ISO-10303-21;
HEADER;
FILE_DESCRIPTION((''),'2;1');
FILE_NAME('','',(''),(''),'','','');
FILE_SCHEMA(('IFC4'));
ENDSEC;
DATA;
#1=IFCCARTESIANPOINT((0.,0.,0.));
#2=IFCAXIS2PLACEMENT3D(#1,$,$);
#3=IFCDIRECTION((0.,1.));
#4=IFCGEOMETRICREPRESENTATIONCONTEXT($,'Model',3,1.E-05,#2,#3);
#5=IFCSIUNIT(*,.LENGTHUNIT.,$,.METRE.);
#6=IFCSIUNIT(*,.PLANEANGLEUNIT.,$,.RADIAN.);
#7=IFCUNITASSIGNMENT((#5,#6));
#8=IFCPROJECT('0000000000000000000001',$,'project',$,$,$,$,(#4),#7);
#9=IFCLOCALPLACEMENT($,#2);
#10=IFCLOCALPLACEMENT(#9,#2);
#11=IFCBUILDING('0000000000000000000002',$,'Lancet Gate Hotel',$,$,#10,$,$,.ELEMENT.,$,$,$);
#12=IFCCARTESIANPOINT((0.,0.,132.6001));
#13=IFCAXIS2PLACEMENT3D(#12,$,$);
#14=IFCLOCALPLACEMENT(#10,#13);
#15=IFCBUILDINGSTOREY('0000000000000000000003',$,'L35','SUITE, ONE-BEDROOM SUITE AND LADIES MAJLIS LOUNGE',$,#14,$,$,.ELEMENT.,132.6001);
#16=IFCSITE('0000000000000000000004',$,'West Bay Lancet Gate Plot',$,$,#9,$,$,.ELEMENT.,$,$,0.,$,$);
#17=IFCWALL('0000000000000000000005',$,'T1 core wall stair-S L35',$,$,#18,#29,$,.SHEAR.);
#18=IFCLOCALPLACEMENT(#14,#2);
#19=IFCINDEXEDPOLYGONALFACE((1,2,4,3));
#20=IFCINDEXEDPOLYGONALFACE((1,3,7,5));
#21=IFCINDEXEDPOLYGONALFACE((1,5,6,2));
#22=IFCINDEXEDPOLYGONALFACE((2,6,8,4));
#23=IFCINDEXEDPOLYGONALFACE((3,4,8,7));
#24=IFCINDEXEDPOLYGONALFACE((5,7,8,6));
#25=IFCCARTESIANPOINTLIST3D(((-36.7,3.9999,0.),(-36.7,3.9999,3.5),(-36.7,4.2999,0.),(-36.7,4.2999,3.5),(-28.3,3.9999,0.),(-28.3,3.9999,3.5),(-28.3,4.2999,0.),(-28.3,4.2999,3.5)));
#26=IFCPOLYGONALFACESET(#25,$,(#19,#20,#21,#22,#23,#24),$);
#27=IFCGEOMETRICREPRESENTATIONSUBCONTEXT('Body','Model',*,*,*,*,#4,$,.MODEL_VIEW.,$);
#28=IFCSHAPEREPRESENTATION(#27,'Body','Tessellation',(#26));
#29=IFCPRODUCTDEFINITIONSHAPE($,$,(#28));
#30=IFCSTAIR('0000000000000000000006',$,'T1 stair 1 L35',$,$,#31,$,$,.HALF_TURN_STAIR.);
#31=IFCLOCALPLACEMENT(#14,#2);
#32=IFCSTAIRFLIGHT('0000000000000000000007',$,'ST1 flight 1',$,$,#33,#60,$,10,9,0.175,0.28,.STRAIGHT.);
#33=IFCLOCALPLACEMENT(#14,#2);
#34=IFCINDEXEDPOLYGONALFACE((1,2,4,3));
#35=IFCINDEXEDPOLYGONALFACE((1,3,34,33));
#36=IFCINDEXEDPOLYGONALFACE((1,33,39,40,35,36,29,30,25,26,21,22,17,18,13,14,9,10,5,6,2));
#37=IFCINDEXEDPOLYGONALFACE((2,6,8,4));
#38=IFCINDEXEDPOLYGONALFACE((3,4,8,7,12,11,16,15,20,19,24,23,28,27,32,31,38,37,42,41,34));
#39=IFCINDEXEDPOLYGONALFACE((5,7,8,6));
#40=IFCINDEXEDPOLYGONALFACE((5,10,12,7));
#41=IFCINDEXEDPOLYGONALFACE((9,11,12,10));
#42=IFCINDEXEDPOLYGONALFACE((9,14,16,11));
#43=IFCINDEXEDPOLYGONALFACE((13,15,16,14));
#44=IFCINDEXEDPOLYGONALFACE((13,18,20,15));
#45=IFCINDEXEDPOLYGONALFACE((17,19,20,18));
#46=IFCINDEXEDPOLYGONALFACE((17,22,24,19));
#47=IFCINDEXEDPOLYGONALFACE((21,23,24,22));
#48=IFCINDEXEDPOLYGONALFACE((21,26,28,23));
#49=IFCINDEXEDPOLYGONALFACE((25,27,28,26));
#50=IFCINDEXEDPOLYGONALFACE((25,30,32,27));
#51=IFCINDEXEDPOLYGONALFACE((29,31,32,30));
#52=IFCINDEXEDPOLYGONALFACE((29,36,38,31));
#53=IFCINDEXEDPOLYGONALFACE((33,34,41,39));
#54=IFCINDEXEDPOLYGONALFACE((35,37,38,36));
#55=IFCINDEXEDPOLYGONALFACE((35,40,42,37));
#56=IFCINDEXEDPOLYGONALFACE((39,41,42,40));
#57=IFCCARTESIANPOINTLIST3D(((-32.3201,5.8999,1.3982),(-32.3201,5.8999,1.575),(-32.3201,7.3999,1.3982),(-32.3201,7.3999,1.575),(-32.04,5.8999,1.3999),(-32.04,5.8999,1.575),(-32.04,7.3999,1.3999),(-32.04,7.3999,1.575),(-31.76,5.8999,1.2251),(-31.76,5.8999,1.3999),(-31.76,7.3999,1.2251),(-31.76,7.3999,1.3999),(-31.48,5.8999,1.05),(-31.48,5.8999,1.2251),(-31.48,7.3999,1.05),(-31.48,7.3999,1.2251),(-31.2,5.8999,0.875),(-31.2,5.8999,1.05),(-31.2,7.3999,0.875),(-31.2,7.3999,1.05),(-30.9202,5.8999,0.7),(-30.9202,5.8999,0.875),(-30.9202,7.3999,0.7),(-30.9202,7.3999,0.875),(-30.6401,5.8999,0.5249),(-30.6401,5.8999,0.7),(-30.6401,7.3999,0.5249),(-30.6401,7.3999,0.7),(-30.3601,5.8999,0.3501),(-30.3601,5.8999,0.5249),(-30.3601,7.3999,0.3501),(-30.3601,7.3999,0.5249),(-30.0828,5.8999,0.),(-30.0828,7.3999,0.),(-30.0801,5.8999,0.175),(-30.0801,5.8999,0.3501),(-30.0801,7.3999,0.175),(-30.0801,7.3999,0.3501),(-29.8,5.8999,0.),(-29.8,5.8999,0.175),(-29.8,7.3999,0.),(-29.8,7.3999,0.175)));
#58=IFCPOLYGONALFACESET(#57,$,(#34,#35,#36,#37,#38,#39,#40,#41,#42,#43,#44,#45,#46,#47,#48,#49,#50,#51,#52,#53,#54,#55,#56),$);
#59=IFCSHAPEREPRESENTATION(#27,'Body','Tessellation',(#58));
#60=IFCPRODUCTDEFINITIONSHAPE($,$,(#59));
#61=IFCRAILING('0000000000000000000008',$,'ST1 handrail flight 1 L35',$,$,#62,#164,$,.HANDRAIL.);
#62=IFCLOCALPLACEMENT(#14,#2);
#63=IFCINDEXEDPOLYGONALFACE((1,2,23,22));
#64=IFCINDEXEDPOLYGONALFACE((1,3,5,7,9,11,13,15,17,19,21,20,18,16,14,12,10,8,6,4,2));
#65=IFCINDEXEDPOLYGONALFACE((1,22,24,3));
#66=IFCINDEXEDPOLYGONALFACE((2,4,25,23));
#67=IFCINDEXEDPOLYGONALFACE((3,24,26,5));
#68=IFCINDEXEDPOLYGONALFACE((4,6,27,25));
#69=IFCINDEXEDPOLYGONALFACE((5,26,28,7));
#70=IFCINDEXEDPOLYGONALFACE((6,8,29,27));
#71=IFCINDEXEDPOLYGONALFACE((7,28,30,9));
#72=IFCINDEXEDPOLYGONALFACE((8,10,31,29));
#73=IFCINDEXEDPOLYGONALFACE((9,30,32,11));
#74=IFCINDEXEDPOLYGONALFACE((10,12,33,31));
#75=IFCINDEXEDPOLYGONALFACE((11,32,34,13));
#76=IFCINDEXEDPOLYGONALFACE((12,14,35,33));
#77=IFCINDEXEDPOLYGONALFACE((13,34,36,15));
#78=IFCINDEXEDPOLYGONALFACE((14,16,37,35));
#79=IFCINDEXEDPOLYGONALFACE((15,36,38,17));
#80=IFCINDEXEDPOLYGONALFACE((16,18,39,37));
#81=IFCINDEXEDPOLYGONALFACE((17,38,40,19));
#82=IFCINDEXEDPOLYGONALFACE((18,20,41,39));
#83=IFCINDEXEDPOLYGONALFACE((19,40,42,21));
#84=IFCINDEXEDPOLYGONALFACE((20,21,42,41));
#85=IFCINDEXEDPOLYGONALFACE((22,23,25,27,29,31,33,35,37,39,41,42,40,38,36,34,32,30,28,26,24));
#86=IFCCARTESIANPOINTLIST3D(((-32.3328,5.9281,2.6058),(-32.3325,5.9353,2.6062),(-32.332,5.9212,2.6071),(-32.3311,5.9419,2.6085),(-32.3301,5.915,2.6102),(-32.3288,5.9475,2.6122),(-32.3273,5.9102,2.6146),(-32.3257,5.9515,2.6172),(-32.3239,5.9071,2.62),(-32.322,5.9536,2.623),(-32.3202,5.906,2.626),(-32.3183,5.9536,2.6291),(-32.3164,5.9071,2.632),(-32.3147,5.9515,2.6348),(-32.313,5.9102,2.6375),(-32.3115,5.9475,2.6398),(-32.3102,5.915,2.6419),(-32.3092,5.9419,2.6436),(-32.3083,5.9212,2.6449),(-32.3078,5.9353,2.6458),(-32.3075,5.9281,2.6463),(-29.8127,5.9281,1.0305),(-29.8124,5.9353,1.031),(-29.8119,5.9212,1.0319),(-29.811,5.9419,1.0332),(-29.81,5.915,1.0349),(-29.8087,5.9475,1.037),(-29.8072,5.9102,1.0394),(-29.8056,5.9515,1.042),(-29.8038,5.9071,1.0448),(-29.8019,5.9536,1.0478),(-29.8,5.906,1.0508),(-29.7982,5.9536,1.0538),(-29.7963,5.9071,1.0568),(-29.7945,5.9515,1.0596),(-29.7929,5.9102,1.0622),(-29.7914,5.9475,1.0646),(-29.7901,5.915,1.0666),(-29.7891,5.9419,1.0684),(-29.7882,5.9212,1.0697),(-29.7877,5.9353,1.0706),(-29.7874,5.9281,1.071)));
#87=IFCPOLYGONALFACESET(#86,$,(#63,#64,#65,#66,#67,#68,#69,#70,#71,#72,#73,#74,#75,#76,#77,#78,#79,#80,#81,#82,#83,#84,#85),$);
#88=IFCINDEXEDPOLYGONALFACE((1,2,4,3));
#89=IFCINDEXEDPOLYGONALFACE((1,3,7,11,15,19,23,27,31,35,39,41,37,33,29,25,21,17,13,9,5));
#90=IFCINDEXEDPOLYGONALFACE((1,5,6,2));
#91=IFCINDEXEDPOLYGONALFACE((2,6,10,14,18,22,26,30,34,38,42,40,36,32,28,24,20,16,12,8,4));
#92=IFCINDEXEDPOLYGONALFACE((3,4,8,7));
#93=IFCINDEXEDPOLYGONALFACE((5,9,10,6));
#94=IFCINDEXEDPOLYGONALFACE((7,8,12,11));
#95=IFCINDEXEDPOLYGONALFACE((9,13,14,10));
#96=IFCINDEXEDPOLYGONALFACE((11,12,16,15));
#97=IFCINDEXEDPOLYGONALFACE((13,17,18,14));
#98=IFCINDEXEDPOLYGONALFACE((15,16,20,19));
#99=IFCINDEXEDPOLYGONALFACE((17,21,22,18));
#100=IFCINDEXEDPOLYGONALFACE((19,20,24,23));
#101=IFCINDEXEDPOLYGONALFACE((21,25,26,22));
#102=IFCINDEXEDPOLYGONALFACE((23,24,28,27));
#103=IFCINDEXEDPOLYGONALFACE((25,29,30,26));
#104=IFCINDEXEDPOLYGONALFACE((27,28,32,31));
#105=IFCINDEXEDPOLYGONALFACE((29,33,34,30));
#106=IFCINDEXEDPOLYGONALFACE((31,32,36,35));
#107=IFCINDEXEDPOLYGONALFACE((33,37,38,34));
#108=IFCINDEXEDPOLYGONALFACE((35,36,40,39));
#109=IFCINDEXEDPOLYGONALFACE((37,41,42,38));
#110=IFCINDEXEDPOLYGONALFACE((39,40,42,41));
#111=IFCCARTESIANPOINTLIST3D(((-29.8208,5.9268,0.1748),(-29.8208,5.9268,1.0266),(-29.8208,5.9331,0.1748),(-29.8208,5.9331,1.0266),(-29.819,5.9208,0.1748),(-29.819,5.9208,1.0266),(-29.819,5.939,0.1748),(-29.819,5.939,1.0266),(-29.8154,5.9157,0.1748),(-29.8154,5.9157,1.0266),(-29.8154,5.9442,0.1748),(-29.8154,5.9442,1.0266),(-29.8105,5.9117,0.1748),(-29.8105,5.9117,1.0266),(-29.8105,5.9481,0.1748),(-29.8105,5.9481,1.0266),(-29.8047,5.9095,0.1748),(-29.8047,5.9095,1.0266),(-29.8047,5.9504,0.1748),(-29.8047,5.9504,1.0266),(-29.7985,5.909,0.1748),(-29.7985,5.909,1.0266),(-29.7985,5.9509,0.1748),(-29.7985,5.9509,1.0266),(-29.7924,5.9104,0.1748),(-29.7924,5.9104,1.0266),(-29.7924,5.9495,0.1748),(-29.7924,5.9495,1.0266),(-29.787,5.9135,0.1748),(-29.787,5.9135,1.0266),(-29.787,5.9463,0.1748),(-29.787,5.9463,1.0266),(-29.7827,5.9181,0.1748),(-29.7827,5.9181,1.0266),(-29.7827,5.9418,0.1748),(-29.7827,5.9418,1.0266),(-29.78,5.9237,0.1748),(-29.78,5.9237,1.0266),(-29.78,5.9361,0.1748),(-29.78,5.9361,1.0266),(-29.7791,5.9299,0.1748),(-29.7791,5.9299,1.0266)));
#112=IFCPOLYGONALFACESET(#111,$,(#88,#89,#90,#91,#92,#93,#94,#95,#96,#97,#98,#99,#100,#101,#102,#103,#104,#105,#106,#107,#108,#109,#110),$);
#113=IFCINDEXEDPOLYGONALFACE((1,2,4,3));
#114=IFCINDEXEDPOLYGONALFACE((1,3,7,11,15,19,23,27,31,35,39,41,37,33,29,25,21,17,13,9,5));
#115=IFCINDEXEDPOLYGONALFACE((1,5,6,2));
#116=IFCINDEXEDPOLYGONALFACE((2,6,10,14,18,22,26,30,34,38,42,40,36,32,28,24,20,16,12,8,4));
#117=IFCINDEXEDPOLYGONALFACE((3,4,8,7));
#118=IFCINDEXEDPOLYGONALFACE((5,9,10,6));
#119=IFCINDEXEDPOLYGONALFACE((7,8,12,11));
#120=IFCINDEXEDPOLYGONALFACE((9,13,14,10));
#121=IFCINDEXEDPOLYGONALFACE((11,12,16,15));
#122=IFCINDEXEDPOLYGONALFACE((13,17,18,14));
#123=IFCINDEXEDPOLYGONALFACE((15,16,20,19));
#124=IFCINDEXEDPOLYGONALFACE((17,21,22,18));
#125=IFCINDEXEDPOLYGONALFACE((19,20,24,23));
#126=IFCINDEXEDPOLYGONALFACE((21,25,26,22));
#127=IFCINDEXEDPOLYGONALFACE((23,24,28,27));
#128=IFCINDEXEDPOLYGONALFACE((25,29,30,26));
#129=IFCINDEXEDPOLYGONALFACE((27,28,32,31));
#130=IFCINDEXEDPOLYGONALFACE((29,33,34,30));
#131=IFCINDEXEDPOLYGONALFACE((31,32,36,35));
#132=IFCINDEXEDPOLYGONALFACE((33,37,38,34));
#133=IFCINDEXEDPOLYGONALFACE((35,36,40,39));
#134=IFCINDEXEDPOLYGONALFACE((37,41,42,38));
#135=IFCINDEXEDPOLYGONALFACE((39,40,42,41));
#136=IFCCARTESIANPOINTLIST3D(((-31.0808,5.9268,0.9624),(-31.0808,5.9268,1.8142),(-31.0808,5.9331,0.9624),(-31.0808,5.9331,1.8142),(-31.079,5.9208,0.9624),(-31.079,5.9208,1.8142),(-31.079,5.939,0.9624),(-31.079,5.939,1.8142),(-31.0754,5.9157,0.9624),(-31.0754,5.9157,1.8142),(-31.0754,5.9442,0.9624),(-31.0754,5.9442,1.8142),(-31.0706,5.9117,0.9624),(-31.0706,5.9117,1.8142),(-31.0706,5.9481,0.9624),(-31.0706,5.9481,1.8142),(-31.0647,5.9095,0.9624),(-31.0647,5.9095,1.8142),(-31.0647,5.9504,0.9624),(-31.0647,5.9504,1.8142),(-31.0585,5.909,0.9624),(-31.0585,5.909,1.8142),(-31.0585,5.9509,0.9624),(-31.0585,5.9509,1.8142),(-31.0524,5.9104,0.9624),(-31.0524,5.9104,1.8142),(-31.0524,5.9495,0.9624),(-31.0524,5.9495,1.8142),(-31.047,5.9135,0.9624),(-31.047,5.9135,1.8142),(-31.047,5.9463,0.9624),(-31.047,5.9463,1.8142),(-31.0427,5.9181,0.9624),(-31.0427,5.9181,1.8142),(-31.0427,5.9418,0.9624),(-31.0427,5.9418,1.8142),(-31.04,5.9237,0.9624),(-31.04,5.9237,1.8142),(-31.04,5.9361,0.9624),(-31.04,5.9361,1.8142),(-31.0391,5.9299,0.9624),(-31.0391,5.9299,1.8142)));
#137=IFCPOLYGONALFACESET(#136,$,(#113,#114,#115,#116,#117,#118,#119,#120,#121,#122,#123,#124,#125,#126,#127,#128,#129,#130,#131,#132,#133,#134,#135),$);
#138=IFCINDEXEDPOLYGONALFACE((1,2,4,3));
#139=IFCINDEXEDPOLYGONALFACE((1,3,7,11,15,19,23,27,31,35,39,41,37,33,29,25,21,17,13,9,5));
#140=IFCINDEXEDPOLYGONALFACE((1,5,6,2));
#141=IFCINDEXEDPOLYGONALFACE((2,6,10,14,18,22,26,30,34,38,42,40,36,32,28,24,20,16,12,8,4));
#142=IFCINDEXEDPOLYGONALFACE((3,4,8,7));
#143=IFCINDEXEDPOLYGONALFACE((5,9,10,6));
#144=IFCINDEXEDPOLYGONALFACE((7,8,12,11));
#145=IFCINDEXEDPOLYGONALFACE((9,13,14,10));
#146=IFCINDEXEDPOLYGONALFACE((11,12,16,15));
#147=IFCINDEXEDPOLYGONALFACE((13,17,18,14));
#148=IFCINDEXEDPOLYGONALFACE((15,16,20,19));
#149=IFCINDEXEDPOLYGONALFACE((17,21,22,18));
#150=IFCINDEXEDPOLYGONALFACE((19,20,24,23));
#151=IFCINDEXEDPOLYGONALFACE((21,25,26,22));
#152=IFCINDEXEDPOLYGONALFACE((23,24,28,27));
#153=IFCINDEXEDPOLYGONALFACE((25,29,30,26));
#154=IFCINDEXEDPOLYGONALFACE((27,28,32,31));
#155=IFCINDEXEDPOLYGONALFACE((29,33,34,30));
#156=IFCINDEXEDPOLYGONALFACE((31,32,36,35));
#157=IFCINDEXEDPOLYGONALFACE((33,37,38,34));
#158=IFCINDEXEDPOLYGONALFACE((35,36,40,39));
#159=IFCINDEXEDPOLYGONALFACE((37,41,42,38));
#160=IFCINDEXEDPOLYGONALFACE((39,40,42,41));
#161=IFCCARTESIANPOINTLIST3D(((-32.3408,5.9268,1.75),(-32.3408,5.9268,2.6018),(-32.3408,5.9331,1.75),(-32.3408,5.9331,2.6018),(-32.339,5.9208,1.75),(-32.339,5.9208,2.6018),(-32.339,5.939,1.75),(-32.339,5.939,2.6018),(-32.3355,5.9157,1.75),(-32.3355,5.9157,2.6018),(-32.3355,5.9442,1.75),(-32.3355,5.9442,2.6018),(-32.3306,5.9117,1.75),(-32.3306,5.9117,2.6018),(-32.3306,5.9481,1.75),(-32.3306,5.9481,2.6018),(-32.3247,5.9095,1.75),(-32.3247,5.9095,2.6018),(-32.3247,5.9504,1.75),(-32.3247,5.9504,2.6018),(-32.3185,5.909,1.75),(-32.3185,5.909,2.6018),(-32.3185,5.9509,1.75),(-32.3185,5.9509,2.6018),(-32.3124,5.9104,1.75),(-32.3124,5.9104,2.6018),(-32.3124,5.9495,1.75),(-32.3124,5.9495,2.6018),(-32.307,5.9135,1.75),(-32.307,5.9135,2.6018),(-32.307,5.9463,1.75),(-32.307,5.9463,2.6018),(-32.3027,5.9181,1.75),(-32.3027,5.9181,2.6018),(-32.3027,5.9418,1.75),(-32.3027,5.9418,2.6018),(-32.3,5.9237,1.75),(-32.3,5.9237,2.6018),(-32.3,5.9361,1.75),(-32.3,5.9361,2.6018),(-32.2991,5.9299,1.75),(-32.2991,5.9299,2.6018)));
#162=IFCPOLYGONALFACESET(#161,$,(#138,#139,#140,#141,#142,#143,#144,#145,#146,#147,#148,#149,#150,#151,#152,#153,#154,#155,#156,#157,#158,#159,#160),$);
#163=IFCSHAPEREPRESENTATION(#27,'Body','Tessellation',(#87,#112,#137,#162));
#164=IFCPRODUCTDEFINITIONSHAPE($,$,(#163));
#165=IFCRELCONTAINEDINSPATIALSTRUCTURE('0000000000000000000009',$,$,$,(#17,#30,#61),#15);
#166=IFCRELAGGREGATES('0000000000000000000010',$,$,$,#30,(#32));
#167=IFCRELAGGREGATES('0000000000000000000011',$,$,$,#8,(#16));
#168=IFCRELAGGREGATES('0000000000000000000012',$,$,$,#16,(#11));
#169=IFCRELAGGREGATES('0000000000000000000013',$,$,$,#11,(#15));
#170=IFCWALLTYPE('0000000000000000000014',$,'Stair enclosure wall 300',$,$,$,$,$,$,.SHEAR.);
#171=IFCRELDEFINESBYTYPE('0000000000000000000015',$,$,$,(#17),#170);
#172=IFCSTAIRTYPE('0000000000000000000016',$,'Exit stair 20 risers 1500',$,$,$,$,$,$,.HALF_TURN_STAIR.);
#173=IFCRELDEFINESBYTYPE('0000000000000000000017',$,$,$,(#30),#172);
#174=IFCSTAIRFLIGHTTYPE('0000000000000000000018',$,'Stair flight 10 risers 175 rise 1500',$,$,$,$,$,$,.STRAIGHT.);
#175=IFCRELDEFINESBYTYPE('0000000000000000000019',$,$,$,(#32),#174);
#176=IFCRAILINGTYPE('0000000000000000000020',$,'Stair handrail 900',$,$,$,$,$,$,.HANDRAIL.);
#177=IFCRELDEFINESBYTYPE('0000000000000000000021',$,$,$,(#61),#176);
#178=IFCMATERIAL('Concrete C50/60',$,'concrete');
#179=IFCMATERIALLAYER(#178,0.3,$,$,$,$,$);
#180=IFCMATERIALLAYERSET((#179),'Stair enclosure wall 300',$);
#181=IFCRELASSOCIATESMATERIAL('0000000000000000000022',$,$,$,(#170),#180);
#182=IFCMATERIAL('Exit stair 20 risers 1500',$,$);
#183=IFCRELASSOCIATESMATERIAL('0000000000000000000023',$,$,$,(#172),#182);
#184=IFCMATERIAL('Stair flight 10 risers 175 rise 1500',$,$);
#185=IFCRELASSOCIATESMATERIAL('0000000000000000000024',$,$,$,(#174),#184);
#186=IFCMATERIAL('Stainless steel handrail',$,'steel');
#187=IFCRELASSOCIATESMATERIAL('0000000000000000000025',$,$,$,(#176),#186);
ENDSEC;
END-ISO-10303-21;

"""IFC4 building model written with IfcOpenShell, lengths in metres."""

from ifc_helpers import new_model, si_unit, direction, frame, frame_2d, origin, origin_2d, place, context, subcontext, project, spatial, polyline, rectangle, circle, outline, extrude, material, layer, layer_set, type_object, element, aggregate, save


model = new_model("IFC4")

# Units and contexts
model_context = context("Model", 3, precision=1e-05, world=origin(), true_north=direction((0.0, 1.0)))
body_context = subcontext(model_context, "Body", "Model", "MODEL_VIEW")
ifc_project = project(units=[si_unit("LENGTHUNIT", "METRE"), si_unit("PLANEANGLEUNIT", "RADIAN")], contexts=[model_context])

# Site, building, storey
site_placement = place(None, origin())
site = spatial("IfcSite", under=ifc_project, at=site_placement, Name="West Bay Lancet Gate Plot", CompositionType="ELEMENT", RefElevation=0.0)
building_placement = place(site_placement, origin())
building = spatial("IfcBuilding", under=site, at=building_placement, Name="Lancet Gate Hotel", CompositionType="ELEMENT")
storey_placement = place(building_placement, frame((0.0, 0.0, 132.6001)))
storey = spatial("IfcBuildingStorey", under=building, at=storey_placement, Name="L35", Description="SUITE, ONE-BEDROOM SUITE AND LADIES MAJLIS LOUNGE", CompositionType="ELEMENT", Elevation=132.6001)

# Wall
ifc_material_1 = material(Name="Concrete C50/60", Category="concrete")
ifc_layer_1 = layer(ifc_material_1, 0.3)
ifc_layer_set_1 = layer_set([ifc_layer_1], Name="Stair enclosure wall 300")
wall_type_1 = type_object("IfcWallType", Name="Stair enclosure wall 300", PredefinedType="SHEAR", material=ifc_layer_set_1)
wall_1_placement = place(storey_placement, frame((-28.3, 4.1499, 0.0), z_axis=(0.0, 0.0, 1.0), x_axis=(-1.0, 0.0, 0.0)))
element("IfcWall", 1, at=wall_1_placement, inside=storey, type_object=wall_type_1, Name="T1 core wall stair-S L35", PredefinedType="SHEAR", context=body_context, shape_type="SweptSolid", body=[
    extrude(rectangle(XDim=8.3999, YDim=0.3, at=frame_2d((4.2, 0.0))), origin(), (0.0, 0.0, 1.0), 3.5),
])

# Stair, stair flight
ifc_material_2 = material(Name="Exit stair 20 risers 1500")
stair_type = type_object("IfcStairType", Name="Exit stair 20 risers 1500", PredefinedType="HALF_TURN_STAIR", material=ifc_material_2)
stair_placement = place(storey_placement, origin())
stair = element("IfcStair", 2, at=stair_placement, inside=storey, type_object=stair_type, Name="T1 stair 1 L35", PredefinedType="HALF_TURN_STAIR")
ifc_material_3 = material(Name="Stair flight 10 risers 175 rise 1500")
stair_flight_type = type_object("IfcStairFlightType", Name="Stair flight 10 risers 175 rise 1500", PredefinedType="STRAIGHT", material=ifc_material_3)
stair_flight_placement = place(storey_placement, frame((-29.8, 6.6499, 0.0), z_axis=(0.0, 0.0, 1.0), x_axis=(-1.0, 0.0, 0.0)))
stair_flight = element("IfcStairFlight", 3, at=stair_flight_placement, type_object=stair_flight_type, Name="ST1 flight 1", NumberOfRisers=10, NumberOfTreads=9, PredefinedType="STRAIGHT", RiserHeight=0.175, TreadLength=0.28, context=body_context, shape_type="SweptSolid", body=[
    extrude(outline(polyline([(0.0, 0.0), (0.0, 0.175), (0.28, 0.175), (0.28, 0.3501), (0.5601, 0.3501), (0.5601, 0.5249), (0.8401, 0.5249), (0.8401, 0.7), (1.1201, 0.7), (1.1201, 0.875), (1.3999, 0.875), (1.3999, 1.05), (1.6799, 1.05), (1.6799, 1.2251), (1.96, 1.2251), (1.96, 1.3999), (2.24, 1.3999), (2.24, 1.575), (2.52, 1.575), (2.52, 1.75), (2.52, 1.3982), (0.2827, 0.0), (0.0, 0.0)])), frame((0.0, 0.75, 0.0), z_axis=(0.0, -1.0, 0.0), x_axis=(1.0, 0.0, 0.0)), (0.0, 0.0, 1.0), 1.5),
])
aggregate(stair, [stair_flight])

# Railing
ifc_material_4 = material(Name="Stainless steel handrail", Category="steel")
railing_type = type_object("IfcRailingType", Name="Stair handrail 900", PredefinedType="HANDRAIL", material=ifc_material_4)
railing_placement = place(storey_placement, frame((-29.8, 5.9299, 0.1748)))
element("IfcRailing", 4, at=railing_placement, inside=storey, type_object=railing_type, Name="ST1 handrail flight 1 L35", PredefinedType="HANDRAIL", context=body_context, shape_type="SweptSolid", body=[
    extrude(circle(Radius=0.0239, at=origin_2d()), frame((0.0, 0.0, 0.876), z_axis=(-0.847971, 0.0, 0.530043), x_axis=(0.0, -1.0, 0.0)), (0.0, 0.0, 1.0), 2.9719),
    extrude(circle(Radius=0.021, at=origin_2d()), origin(), (0.0, 0.0, 1.0), 0.8518),
    extrude(circle(Radius=0.021, at=origin_2d()), frame((-1.26, 0.0, 0.7876)), (0.0, 0.0, 1.0), 0.8518),
    extrude(circle(Radius=0.021, at=origin_2d()), frame((-2.52, 0.0, 1.5752)), (0.0, 0.0, 1.0), 0.8518),
])

save(model, "model.ifc")
